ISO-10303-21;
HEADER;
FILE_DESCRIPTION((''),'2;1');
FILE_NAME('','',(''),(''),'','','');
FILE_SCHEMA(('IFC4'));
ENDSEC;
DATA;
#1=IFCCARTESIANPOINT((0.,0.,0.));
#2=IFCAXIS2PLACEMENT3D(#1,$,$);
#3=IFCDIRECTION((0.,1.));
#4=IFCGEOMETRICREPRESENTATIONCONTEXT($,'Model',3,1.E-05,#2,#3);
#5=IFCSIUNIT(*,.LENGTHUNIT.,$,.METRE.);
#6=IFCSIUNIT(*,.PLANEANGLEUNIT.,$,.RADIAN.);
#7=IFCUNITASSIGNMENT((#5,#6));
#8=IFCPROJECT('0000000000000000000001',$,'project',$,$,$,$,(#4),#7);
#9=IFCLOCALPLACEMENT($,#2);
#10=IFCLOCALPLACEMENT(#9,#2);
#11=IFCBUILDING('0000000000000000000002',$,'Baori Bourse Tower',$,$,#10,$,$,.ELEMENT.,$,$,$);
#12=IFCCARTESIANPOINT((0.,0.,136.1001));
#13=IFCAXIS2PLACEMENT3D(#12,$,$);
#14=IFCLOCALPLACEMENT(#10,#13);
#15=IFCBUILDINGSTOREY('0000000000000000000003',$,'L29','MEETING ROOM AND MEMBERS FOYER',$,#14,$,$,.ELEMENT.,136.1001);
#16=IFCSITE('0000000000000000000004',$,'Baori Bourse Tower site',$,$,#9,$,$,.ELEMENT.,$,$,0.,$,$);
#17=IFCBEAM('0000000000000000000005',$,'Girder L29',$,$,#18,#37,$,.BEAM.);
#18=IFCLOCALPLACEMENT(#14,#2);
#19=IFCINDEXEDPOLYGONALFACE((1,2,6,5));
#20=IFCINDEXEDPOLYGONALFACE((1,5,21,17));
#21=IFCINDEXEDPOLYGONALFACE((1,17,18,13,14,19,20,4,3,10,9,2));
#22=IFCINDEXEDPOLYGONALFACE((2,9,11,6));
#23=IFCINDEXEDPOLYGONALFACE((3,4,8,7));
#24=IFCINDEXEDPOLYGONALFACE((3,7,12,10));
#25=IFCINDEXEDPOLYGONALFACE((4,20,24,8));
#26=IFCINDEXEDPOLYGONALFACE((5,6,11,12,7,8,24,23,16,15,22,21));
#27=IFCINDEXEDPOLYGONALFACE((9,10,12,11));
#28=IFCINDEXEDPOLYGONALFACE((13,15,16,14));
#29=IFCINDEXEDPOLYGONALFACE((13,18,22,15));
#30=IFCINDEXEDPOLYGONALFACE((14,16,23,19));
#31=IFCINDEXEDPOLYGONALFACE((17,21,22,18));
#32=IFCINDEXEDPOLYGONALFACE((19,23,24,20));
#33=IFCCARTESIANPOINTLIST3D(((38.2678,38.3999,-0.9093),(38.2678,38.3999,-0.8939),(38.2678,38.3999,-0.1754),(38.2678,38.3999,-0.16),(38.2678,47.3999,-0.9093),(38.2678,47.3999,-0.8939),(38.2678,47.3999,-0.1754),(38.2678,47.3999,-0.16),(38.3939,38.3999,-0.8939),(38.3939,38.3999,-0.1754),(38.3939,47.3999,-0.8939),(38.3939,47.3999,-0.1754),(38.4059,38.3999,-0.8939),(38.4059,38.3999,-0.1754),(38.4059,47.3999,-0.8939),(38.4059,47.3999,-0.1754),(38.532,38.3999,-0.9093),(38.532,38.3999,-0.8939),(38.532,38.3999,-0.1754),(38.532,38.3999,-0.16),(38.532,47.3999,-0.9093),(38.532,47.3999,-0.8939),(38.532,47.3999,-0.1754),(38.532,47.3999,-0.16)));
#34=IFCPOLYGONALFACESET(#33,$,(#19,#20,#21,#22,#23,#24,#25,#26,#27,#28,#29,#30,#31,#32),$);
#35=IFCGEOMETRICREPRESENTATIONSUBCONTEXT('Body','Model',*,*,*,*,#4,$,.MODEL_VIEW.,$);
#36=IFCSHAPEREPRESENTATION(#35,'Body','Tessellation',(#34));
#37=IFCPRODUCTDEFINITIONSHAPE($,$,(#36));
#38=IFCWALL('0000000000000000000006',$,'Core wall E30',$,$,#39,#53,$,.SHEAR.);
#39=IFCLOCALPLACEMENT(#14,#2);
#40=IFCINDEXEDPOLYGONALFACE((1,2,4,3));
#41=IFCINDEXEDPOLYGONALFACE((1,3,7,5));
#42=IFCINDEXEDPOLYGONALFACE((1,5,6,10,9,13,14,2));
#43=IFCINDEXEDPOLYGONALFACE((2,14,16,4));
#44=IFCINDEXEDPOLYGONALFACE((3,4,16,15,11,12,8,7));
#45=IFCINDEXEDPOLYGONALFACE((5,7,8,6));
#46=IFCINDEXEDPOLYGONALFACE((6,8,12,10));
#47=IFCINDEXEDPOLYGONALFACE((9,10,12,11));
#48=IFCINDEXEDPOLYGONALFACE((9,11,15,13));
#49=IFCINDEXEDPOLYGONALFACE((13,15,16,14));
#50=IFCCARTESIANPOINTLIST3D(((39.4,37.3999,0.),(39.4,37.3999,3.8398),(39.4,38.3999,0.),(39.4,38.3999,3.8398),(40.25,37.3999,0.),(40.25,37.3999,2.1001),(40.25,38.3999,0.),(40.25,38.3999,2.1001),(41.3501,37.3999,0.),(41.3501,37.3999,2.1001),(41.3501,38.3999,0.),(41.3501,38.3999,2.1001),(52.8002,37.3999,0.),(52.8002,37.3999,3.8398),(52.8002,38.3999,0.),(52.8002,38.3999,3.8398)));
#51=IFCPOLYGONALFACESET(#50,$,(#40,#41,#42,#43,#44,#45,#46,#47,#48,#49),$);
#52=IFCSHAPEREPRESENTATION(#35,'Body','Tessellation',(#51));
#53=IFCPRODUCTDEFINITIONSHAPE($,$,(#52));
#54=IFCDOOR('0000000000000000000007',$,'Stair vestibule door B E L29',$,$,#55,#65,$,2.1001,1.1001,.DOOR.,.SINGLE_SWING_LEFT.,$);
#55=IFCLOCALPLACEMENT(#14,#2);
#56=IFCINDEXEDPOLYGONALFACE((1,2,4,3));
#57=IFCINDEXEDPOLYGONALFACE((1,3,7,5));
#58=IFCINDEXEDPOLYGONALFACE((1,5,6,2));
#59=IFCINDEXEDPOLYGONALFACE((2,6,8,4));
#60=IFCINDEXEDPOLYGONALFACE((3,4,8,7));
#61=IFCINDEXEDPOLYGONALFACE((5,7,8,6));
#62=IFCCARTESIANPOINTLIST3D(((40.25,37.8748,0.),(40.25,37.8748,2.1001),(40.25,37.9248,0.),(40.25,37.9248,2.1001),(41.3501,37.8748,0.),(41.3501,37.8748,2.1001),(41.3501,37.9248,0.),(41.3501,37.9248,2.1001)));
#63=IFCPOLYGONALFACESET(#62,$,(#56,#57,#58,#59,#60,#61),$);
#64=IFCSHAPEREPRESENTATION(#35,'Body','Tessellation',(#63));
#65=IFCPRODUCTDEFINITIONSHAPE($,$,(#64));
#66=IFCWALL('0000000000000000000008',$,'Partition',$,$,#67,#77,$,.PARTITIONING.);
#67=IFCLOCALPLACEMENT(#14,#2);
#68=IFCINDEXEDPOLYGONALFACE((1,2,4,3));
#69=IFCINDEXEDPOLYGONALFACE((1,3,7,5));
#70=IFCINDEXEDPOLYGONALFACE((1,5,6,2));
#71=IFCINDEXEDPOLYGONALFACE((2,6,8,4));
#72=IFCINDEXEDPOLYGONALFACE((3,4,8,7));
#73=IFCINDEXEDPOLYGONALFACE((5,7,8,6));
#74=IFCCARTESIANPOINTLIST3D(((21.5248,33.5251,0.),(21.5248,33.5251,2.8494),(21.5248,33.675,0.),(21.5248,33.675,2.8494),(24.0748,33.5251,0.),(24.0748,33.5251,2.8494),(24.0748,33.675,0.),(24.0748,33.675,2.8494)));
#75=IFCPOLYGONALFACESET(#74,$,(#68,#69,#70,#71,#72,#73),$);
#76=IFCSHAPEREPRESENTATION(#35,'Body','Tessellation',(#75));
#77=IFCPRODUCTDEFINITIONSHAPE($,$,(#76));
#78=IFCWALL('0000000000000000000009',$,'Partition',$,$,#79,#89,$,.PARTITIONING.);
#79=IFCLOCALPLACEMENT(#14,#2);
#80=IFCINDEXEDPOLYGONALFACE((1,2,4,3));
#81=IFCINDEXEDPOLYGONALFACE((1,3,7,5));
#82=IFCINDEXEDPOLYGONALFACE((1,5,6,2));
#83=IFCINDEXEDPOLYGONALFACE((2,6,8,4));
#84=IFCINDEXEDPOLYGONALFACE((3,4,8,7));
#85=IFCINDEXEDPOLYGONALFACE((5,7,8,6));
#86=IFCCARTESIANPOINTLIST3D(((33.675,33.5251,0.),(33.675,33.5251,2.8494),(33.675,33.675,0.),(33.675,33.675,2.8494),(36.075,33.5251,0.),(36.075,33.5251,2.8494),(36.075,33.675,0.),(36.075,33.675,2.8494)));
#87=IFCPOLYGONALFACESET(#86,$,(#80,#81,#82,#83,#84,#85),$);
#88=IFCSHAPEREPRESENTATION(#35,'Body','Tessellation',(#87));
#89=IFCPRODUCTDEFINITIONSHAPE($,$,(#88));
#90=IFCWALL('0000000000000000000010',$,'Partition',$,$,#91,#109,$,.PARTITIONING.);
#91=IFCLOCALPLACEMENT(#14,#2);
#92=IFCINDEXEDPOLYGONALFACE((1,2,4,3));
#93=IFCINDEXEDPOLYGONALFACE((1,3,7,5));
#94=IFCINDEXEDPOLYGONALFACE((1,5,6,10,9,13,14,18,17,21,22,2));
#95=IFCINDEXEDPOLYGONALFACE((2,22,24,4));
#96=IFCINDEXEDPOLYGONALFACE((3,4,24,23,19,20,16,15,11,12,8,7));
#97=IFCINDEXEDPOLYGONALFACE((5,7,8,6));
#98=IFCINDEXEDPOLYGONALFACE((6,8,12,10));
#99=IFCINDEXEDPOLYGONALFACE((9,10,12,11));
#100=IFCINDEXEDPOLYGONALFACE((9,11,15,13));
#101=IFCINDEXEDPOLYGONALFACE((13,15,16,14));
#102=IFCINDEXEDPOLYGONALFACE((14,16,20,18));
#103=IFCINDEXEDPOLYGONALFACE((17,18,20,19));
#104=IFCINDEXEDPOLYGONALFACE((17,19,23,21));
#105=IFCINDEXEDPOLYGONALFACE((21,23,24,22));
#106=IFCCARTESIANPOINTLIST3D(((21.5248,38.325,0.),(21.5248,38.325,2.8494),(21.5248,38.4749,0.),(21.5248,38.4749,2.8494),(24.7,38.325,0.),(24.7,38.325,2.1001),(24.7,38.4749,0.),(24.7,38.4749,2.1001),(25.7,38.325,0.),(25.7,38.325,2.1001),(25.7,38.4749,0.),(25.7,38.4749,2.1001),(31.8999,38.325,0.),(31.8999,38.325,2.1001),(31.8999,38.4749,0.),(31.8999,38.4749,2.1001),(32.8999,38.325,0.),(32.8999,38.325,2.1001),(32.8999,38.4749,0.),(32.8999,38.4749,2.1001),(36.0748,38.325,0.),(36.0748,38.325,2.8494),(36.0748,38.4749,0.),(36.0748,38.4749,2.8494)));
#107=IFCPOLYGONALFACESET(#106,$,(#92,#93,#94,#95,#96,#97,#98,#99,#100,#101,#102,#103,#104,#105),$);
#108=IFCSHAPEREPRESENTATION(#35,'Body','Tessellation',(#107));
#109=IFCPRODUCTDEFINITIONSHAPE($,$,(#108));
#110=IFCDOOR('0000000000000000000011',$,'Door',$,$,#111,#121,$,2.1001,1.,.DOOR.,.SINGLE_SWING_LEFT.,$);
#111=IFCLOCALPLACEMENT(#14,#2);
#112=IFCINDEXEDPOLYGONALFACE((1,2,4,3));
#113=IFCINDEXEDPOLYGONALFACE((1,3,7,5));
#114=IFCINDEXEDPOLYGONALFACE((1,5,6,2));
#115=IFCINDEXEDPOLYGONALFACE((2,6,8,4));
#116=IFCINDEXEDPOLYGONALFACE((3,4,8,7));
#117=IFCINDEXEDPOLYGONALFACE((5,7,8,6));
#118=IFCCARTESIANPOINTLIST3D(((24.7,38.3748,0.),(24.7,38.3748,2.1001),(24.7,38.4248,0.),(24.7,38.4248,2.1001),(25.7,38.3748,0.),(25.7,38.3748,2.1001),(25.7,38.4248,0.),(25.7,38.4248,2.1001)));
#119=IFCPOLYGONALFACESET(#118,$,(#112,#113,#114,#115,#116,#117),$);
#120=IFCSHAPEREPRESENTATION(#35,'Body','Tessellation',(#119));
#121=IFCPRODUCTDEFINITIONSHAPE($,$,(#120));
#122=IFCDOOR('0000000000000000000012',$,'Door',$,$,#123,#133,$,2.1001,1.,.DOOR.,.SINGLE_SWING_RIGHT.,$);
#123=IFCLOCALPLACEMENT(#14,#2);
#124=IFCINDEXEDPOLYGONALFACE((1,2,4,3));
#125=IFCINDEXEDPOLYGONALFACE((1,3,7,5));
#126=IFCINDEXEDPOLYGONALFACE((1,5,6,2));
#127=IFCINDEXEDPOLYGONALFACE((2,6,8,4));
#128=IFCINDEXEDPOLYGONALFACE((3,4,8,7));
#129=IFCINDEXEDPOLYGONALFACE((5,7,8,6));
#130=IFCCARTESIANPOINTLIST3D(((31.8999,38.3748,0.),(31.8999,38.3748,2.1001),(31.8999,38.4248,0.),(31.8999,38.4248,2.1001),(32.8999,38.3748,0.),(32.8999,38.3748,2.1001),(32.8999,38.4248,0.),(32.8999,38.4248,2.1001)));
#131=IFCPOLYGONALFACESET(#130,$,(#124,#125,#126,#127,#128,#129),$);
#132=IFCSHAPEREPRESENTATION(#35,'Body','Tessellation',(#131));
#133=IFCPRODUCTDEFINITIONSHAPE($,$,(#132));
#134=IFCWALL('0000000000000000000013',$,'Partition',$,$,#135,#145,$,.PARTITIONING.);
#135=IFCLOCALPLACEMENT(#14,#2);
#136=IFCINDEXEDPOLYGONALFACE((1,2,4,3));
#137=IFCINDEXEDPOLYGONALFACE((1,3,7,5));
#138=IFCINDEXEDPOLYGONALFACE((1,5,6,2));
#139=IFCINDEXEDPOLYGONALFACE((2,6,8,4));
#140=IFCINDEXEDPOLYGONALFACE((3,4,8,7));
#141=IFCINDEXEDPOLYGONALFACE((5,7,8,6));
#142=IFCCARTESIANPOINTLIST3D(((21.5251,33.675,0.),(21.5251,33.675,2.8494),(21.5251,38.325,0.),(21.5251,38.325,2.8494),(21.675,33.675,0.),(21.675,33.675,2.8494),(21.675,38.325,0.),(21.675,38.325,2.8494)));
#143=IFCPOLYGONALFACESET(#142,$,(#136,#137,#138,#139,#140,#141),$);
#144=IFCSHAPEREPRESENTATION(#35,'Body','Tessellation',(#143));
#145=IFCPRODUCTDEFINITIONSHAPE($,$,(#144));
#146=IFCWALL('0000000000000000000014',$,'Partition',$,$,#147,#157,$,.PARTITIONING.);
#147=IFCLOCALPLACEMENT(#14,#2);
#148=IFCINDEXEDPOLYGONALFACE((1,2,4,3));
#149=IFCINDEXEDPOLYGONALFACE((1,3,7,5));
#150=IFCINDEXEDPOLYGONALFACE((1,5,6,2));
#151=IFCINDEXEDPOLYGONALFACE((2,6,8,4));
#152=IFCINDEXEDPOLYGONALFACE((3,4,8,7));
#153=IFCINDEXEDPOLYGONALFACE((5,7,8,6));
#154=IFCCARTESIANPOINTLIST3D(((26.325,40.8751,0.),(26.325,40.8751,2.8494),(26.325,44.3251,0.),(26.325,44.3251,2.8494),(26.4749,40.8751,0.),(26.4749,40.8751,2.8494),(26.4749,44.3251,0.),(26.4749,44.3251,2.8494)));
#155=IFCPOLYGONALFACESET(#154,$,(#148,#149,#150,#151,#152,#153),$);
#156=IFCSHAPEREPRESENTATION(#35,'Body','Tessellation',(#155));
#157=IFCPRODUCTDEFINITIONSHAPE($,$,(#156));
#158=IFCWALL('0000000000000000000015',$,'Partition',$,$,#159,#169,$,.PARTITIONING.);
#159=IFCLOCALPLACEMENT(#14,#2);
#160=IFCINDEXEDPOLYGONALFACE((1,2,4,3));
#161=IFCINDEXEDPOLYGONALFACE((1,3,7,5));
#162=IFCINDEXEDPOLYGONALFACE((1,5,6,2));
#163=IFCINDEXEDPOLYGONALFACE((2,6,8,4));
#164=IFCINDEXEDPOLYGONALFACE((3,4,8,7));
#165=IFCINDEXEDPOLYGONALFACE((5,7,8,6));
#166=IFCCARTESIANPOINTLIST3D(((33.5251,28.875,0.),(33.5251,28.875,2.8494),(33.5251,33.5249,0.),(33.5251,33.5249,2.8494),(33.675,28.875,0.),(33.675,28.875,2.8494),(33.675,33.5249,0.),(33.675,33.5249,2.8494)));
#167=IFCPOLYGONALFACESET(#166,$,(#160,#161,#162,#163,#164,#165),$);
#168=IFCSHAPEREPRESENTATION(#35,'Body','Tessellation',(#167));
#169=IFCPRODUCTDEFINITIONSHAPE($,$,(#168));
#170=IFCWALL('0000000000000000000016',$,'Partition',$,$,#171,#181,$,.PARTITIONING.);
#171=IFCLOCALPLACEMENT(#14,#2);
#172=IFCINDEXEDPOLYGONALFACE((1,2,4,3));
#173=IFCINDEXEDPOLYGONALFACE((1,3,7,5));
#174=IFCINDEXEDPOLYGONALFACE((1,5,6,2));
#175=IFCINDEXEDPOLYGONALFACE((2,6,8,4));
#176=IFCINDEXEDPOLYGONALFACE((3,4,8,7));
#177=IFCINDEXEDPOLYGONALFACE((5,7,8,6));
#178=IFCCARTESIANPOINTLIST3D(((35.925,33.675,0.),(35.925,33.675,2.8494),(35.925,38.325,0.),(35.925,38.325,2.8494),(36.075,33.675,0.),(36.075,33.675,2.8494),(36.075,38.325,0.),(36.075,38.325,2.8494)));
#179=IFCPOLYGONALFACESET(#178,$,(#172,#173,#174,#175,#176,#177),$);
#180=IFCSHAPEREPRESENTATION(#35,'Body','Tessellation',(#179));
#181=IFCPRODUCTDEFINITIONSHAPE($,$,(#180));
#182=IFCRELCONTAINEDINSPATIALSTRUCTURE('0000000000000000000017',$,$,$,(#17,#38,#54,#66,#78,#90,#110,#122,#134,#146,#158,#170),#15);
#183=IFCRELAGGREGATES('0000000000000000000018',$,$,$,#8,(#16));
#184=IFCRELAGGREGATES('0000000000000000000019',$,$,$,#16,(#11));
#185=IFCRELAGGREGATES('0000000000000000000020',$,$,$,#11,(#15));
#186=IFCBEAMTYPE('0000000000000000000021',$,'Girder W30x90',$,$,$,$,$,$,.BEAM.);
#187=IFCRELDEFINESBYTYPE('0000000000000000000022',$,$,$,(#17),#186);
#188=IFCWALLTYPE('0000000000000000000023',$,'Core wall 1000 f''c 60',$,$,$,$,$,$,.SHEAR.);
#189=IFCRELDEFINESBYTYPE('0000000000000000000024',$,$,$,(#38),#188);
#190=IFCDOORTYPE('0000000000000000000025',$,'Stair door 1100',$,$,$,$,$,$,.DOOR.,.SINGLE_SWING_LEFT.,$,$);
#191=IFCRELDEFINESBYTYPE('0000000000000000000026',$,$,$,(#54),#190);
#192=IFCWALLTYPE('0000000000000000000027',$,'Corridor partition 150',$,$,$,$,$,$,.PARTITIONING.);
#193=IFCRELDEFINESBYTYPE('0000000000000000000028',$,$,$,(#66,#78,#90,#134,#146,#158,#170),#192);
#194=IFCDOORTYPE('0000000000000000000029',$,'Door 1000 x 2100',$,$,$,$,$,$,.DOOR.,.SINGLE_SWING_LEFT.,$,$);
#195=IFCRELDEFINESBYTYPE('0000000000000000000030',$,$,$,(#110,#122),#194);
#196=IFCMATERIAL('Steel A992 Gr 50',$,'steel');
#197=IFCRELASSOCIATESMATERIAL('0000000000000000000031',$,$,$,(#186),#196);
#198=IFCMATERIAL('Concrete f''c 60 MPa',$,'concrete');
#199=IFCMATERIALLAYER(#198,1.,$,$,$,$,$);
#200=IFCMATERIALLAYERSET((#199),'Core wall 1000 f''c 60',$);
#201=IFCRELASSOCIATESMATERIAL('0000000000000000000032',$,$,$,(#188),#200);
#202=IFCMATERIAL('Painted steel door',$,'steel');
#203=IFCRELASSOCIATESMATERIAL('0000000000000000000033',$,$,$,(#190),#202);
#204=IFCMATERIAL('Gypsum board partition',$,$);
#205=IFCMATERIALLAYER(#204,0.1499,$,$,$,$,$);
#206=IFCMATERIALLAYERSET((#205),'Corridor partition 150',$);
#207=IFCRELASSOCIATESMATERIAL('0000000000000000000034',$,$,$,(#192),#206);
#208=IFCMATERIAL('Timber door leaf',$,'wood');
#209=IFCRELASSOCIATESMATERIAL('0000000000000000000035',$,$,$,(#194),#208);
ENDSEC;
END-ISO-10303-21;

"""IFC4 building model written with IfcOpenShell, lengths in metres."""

from ifc_helpers import new_model, si_unit, direction, frame, frame_2d, origin, origin_2d, place, context, subcontext, project, spatial, rectangle, i_section, extrude, material, layer, layer_set, material_profile, profile_set, type_object, element, fill, save


model = new_model("IFC4")

# Units and contexts
model_context = context("Model", 3, precision=1e-05, world=origin(), true_north=direction((0.0, 1.0)))
body_context = subcontext(model_context, "Body", "Model", "MODEL_VIEW")
ifc_project = project(units=[si_unit("LENGTHUNIT", "METRE"), si_unit("PLANEANGLEUNIT", "RADIAN")], contexts=[model_context])

# Site, building, storey
site_placement = place(None, origin())
site = spatial("IfcSite", under=ifc_project, at=site_placement, Name="Baori Bourse Tower site", CompositionType="ELEMENT", RefElevation=0.0)
building_placement = place(site_placement, origin())
building = spatial("IfcBuilding", under=site, at=building_placement, Name="Baori Bourse Tower", CompositionType="ELEMENT")
storey_placement = place(building_placement, frame((0.0, 0.0, 136.1001)))
storey = spatial("IfcBuildingStorey", under=building, at=storey_placement, Name="L29", Description="MEETING ROOM AND MEMBERS FOYER", CompositionType="ELEMENT", Elevation=136.1001)

# Beam
ifc_material_1 = material(Name="Steel A992 Gr 50", Category="steel")
ifc_material_profile = material_profile(ifc_material_1, i_section(OverallWidth=0.2642, OverallDepth=0.7493, WebThickness=0.012, FlangeThickness=0.0154, at=origin_2d()), Name="W30x90")
ifc_profile_set = profile_set([ifc_material_profile], Name="Steel A992 Gr 50")
beam_type = type_object("IfcBeamType", Name="Girder W30x90", PredefinedType="BEAM", material=ifc_profile_set)
beam_placement = place(storey_placement, frame((38.3999, 38.3999, -0.5347), z_axis=(0.0, 1.0, 0.0), x_axis=(-1.0, 0.0, 0.0)))
element("IfcBeam", 1, at=beam_placement, inside=storey, type_object=beam_type, Name="Girder L29", PredefinedType="BEAM", context=body_context, shape_type="SweptSolid", body=[
    extrude(i_section(OverallWidth=0.2642, OverallDepth=0.7493, WebThickness=0.012, FlangeThickness=0.0154, at=origin_2d()), origin(), (0.0, 0.0, 1.0), 9.0),
])

# Wall, opening, door
ifc_material_2 = material(Name="Concrete f'c 60 MPa", Category="concrete")
ifc_layer_1 = layer(ifc_material_2, 1.0)
ifc_layer_set_1 = layer_set([ifc_layer_1], Name="Core wall 1000 f'c 60")
wall_type_1 = type_object("IfcWallType", Name="Core wall 1000 f'c 60", PredefinedType="SHEAR", material=ifc_layer_set_1)
wall_1_placement = place(storey_placement, frame((39.3999, 37.8999, 0.0), z_axis=(0.0, 0.0, 1.0), x_axis=(1.0, 0.0, 0.0)))
wall_1 = element("IfcWall", 2, at=wall_1_placement, inside=storey, type_object=wall_type_1, Name="Core wall E30", PredefinedType="SHEAR", context=body_context, shape_type="SweptSolid", body=[
    extrude(rectangle(XDim=13.4001, YDim=1.0, at=frame_2d((6.7002, 0.0))), origin(), (0.0, 0.0, 1.0), 3.8398),
])
opening_1_placement = place(wall_1_placement, frame((0.8501, 0.0, 0.0)))
opening_1 = element("IfcOpeningElement", 3, at=opening_1_placement, cuts=wall_1, PredefinedType="OPENING", context=body_context, shape_type="SweptSolid", body=[
    extrude(rectangle(XDim=1.1001, YDim=2.1001, at=frame_2d((0.55, 1.05))), frame((0.0, 0.51, 0.0), z_axis=(0.0, -1.0, 0.0), x_axis=(1.0, 0.0, 0.0)), (0.0, 0.0, 1.0), 1.02),
])
ifc_material_3 = material(Name="Painted steel door", Category="steel")
door_type_1 = type_object("IfcDoorType", Name="Stair door 1100", OperationType="SINGLE_SWING_LEFT", PredefinedType="DOOR", material=ifc_material_3)
door_1_placement = place(opening_1_placement, origin())
door_1 = element("IfcDoor", 4, at=door_1_placement, inside=storey, type_object=door_type_1, Name="Stair vestibule door B E L29", OperationType="SINGLE_SWING_LEFT", OverallHeight=2.1001, OverallWidth=1.1001, PredefinedType="DOOR", context=body_context, shape_type="SweptSolid", body=[
    extrude(rectangle(XDim=1.1001, YDim=2.1001, at=frame_2d((0.55, 1.05))), frame((0.0, 0.0249, 0.0), z_axis=(0.0, -1.0, 0.0), x_axis=(1.0, 0.0, 0.0)), (0.0, 0.0, 1.0), 0.05),
])
fill(opening_1, door_1)

# Walls
ifc_material_4 = material(Name="Gypsum board partition")
ifc_layer_2 = layer(ifc_material_4, 0.1499)
ifc_layer_set_2 = layer_set([ifc_layer_2], Name="Corridor partition 150")
wall_type_2 = type_object("IfcWallType", Name="Corridor partition 150", PredefinedType="PARTITIONING", material=ifc_layer_set_2)
wall_2_placement = place(storey_placement, frame((21.5249, 33.6001, 0.0), z_axis=(0.0, 0.0, 1.0), x_axis=(1.0, 0.0, 0.0)))
element("IfcWall", 5, at=wall_2_placement, inside=storey, type_object=wall_type_2, Name="Partition", PredefinedType="PARTITIONING", context=body_context, shape_type="SweptSolid", body=[
    extrude(rectangle(XDim=2.55, YDim=0.1499, at=frame_2d((1.2749, 0.0))), origin(), (0.0, 0.0, 1.0), 2.8494),
])
wall_3_placement = place(storey_placement, frame((33.675, 33.6001, 0.0), z_axis=(0.0, 0.0, 1.0), x_axis=(1.0, 0.0, 0.0)))
element("IfcWall", 6, at=wall_3_placement, inside=storey, type_object=wall_type_2, Name="Partition", PredefinedType="PARTITIONING", context=body_context, shape_type="SweptSolid", body=[
    extrude(rectangle(XDim=2.3999, YDim=0.1499, at=frame_2d((1.2, 0.0))), origin(), (0.0, 0.0, 1.0), 2.8494),
])

# Wall, openings, doors
wall_4_placement = place(storey_placement, frame((21.5249, 38.3999, 0.0), z_axis=(0.0, 0.0, 1.0), x_axis=(1.0, 0.0, 0.0)))
wall_4 = element("IfcWall", 7, at=wall_4_placement, inside=storey, type_object=wall_type_2, Name="Partition", PredefinedType="PARTITIONING", context=body_context, shape_type="SweptSolid", body=[
    extrude(rectangle(XDim=14.55, YDim=0.1499, at=frame_2d((7.2749, 0.0))), origin(), (0.0, 0.0, 1.0), 2.8494),
])
opening_2_placement = place(wall_4_placement, frame((3.175, 0.0, 0.0)))
opening_2 = element("IfcOpeningElement", 8, at=opening_2_placement, cuts=wall_4, PredefinedType="OPENING", context=body_context, shape_type="SweptSolid", body=[
    extrude(rectangle(XDim=1.0, YDim=2.1001, at=frame_2d((0.5, 1.05))), frame((0.0, 0.085, 0.0), z_axis=(0.0, -1.0, 0.0), x_axis=(1.0, 0.0, 0.0)), (0.0, 0.0, 1.0), 0.1699),
])
opening_3_placement = place(wall_4_placement, frame((10.375, 0.0, 0.0)))
opening_3 = element("IfcOpeningElement", 9, at=opening_3_placement, cuts=wall_4, PredefinedType="OPENING", context=body_context, shape_type="SweptSolid", body=[
    extrude(rectangle(XDim=1.0, YDim=2.1001, at=frame_2d((0.5, 1.05))), frame((0.0, 0.085, 0.0), z_axis=(0.0, -1.0, 0.0), x_axis=(1.0, 0.0, 0.0)), (0.0, 0.0, 1.0), 0.1699),
])
ifc_material_5 = material(Name="Timber door leaf", Category="wood")
door_type_2 = type_object("IfcDoorType", Name="Door 1000 x 2100", OperationType="SINGLE_SWING_LEFT", PredefinedType="DOOR", material=ifc_material_5)
door_2_placement = place(opening_2_placement, origin())
door_2 = element("IfcDoor", 10, at=door_2_placement, inside=storey, type_object=door_type_2, Name="Door", OperationType="SINGLE_SWING_LEFT", OverallHeight=2.1001, OverallWidth=1.0, PredefinedType="DOOR", context=body_context, shape_type="SweptSolid", body=[
    extrude(rectangle(XDim=1.0, YDim=2.1001, at=frame_2d((0.5, 1.05))), frame((0.0, 0.0249, 0.0), z_axis=(0.0, -1.0, 0.0), x_axis=(1.0, 0.0, 0.0)), (0.0, 0.0, 1.0), 0.05),
])
fill(opening_2, door_2)
door_3_placement = place(opening_3_placement, origin())
door_3 = element("IfcDoor", 11, at=door_3_placement, inside=storey, type_object=door_type_2, Name="Door", OperationType="SINGLE_SWING_RIGHT", OverallHeight=2.1001, OverallWidth=1.0, PredefinedType="DOOR", context=body_context, shape_type="SweptSolid", body=[
    extrude(rectangle(XDim=1.0, YDim=2.1001, at=frame_2d((0.5, 1.05))), frame((0.0, 0.0249, 0.0), z_axis=(0.0, -1.0, 0.0), x_axis=(1.0, 0.0, 0.0)), (0.0, 0.0, 1.0), 0.05),
])
fill(opening_3, door_3)

# Walls
wall_5_placement = place(storey_placement, frame((21.6001, 33.675, 0.0), z_axis=(0.0, 0.0, 1.0), x_axis=(0.0, 1.0, 0.0)))
element("IfcWall", 12, at=wall_5_placement, inside=storey, type_object=wall_type_2, Name="Partition", PredefinedType="PARTITIONING", context=body_context, shape_type="SweptSolid", body=[
    extrude(rectangle(XDim=4.6499, YDim=0.1499, at=frame_2d((2.325, 0.0))), origin(), (0.0, 0.0, 1.0), 2.8494),
])
wall_6_placement = place(storey_placement, frame((26.3999, 40.875, 0.0), z_axis=(0.0, 0.0, 1.0), x_axis=(0.0, 1.0, 0.0)))
element("IfcWall", 13, at=wall_6_placement, inside=storey, type_object=wall_type_2, Name="Partition", PredefinedType="PARTITIONING", context=body_context, shape_type="SweptSolid", body=[
    extrude(rectangle(XDim=3.45, YDim=0.1499, at=frame_2d((1.7251, 0.0))), origin(), (0.0, 0.0, 1.0), 2.8494),
])
for number, where, z_axis, x_axis, name in (
    (14, (33.6001, 28.875, 0.0), (0.0, 0.0, 1.0), (0.0, 1.0, 0.0), "Partition"),
    (15, (36.0, 33.675, 0.0), (0.0, 0.0, 1.0), (0.0, 1.0, 0.0), "Partition"),
):
    element("IfcWall", number, at=place(storey_placement, frame(where, z_axis=z_axis, x_axis=x_axis)), inside=storey, type_object=wall_type_2, Name=name, PredefinedType="PARTITIONING", context=body_context, shape_type="SweptSolid", body=[
        extrude(rectangle(XDim=4.6499, YDim=0.1499, at=frame_2d((2.325, 0.0))), origin(), (0.0, 0.0, 1.0), 2.8494),
    ])

save(model, "model.ifc")
